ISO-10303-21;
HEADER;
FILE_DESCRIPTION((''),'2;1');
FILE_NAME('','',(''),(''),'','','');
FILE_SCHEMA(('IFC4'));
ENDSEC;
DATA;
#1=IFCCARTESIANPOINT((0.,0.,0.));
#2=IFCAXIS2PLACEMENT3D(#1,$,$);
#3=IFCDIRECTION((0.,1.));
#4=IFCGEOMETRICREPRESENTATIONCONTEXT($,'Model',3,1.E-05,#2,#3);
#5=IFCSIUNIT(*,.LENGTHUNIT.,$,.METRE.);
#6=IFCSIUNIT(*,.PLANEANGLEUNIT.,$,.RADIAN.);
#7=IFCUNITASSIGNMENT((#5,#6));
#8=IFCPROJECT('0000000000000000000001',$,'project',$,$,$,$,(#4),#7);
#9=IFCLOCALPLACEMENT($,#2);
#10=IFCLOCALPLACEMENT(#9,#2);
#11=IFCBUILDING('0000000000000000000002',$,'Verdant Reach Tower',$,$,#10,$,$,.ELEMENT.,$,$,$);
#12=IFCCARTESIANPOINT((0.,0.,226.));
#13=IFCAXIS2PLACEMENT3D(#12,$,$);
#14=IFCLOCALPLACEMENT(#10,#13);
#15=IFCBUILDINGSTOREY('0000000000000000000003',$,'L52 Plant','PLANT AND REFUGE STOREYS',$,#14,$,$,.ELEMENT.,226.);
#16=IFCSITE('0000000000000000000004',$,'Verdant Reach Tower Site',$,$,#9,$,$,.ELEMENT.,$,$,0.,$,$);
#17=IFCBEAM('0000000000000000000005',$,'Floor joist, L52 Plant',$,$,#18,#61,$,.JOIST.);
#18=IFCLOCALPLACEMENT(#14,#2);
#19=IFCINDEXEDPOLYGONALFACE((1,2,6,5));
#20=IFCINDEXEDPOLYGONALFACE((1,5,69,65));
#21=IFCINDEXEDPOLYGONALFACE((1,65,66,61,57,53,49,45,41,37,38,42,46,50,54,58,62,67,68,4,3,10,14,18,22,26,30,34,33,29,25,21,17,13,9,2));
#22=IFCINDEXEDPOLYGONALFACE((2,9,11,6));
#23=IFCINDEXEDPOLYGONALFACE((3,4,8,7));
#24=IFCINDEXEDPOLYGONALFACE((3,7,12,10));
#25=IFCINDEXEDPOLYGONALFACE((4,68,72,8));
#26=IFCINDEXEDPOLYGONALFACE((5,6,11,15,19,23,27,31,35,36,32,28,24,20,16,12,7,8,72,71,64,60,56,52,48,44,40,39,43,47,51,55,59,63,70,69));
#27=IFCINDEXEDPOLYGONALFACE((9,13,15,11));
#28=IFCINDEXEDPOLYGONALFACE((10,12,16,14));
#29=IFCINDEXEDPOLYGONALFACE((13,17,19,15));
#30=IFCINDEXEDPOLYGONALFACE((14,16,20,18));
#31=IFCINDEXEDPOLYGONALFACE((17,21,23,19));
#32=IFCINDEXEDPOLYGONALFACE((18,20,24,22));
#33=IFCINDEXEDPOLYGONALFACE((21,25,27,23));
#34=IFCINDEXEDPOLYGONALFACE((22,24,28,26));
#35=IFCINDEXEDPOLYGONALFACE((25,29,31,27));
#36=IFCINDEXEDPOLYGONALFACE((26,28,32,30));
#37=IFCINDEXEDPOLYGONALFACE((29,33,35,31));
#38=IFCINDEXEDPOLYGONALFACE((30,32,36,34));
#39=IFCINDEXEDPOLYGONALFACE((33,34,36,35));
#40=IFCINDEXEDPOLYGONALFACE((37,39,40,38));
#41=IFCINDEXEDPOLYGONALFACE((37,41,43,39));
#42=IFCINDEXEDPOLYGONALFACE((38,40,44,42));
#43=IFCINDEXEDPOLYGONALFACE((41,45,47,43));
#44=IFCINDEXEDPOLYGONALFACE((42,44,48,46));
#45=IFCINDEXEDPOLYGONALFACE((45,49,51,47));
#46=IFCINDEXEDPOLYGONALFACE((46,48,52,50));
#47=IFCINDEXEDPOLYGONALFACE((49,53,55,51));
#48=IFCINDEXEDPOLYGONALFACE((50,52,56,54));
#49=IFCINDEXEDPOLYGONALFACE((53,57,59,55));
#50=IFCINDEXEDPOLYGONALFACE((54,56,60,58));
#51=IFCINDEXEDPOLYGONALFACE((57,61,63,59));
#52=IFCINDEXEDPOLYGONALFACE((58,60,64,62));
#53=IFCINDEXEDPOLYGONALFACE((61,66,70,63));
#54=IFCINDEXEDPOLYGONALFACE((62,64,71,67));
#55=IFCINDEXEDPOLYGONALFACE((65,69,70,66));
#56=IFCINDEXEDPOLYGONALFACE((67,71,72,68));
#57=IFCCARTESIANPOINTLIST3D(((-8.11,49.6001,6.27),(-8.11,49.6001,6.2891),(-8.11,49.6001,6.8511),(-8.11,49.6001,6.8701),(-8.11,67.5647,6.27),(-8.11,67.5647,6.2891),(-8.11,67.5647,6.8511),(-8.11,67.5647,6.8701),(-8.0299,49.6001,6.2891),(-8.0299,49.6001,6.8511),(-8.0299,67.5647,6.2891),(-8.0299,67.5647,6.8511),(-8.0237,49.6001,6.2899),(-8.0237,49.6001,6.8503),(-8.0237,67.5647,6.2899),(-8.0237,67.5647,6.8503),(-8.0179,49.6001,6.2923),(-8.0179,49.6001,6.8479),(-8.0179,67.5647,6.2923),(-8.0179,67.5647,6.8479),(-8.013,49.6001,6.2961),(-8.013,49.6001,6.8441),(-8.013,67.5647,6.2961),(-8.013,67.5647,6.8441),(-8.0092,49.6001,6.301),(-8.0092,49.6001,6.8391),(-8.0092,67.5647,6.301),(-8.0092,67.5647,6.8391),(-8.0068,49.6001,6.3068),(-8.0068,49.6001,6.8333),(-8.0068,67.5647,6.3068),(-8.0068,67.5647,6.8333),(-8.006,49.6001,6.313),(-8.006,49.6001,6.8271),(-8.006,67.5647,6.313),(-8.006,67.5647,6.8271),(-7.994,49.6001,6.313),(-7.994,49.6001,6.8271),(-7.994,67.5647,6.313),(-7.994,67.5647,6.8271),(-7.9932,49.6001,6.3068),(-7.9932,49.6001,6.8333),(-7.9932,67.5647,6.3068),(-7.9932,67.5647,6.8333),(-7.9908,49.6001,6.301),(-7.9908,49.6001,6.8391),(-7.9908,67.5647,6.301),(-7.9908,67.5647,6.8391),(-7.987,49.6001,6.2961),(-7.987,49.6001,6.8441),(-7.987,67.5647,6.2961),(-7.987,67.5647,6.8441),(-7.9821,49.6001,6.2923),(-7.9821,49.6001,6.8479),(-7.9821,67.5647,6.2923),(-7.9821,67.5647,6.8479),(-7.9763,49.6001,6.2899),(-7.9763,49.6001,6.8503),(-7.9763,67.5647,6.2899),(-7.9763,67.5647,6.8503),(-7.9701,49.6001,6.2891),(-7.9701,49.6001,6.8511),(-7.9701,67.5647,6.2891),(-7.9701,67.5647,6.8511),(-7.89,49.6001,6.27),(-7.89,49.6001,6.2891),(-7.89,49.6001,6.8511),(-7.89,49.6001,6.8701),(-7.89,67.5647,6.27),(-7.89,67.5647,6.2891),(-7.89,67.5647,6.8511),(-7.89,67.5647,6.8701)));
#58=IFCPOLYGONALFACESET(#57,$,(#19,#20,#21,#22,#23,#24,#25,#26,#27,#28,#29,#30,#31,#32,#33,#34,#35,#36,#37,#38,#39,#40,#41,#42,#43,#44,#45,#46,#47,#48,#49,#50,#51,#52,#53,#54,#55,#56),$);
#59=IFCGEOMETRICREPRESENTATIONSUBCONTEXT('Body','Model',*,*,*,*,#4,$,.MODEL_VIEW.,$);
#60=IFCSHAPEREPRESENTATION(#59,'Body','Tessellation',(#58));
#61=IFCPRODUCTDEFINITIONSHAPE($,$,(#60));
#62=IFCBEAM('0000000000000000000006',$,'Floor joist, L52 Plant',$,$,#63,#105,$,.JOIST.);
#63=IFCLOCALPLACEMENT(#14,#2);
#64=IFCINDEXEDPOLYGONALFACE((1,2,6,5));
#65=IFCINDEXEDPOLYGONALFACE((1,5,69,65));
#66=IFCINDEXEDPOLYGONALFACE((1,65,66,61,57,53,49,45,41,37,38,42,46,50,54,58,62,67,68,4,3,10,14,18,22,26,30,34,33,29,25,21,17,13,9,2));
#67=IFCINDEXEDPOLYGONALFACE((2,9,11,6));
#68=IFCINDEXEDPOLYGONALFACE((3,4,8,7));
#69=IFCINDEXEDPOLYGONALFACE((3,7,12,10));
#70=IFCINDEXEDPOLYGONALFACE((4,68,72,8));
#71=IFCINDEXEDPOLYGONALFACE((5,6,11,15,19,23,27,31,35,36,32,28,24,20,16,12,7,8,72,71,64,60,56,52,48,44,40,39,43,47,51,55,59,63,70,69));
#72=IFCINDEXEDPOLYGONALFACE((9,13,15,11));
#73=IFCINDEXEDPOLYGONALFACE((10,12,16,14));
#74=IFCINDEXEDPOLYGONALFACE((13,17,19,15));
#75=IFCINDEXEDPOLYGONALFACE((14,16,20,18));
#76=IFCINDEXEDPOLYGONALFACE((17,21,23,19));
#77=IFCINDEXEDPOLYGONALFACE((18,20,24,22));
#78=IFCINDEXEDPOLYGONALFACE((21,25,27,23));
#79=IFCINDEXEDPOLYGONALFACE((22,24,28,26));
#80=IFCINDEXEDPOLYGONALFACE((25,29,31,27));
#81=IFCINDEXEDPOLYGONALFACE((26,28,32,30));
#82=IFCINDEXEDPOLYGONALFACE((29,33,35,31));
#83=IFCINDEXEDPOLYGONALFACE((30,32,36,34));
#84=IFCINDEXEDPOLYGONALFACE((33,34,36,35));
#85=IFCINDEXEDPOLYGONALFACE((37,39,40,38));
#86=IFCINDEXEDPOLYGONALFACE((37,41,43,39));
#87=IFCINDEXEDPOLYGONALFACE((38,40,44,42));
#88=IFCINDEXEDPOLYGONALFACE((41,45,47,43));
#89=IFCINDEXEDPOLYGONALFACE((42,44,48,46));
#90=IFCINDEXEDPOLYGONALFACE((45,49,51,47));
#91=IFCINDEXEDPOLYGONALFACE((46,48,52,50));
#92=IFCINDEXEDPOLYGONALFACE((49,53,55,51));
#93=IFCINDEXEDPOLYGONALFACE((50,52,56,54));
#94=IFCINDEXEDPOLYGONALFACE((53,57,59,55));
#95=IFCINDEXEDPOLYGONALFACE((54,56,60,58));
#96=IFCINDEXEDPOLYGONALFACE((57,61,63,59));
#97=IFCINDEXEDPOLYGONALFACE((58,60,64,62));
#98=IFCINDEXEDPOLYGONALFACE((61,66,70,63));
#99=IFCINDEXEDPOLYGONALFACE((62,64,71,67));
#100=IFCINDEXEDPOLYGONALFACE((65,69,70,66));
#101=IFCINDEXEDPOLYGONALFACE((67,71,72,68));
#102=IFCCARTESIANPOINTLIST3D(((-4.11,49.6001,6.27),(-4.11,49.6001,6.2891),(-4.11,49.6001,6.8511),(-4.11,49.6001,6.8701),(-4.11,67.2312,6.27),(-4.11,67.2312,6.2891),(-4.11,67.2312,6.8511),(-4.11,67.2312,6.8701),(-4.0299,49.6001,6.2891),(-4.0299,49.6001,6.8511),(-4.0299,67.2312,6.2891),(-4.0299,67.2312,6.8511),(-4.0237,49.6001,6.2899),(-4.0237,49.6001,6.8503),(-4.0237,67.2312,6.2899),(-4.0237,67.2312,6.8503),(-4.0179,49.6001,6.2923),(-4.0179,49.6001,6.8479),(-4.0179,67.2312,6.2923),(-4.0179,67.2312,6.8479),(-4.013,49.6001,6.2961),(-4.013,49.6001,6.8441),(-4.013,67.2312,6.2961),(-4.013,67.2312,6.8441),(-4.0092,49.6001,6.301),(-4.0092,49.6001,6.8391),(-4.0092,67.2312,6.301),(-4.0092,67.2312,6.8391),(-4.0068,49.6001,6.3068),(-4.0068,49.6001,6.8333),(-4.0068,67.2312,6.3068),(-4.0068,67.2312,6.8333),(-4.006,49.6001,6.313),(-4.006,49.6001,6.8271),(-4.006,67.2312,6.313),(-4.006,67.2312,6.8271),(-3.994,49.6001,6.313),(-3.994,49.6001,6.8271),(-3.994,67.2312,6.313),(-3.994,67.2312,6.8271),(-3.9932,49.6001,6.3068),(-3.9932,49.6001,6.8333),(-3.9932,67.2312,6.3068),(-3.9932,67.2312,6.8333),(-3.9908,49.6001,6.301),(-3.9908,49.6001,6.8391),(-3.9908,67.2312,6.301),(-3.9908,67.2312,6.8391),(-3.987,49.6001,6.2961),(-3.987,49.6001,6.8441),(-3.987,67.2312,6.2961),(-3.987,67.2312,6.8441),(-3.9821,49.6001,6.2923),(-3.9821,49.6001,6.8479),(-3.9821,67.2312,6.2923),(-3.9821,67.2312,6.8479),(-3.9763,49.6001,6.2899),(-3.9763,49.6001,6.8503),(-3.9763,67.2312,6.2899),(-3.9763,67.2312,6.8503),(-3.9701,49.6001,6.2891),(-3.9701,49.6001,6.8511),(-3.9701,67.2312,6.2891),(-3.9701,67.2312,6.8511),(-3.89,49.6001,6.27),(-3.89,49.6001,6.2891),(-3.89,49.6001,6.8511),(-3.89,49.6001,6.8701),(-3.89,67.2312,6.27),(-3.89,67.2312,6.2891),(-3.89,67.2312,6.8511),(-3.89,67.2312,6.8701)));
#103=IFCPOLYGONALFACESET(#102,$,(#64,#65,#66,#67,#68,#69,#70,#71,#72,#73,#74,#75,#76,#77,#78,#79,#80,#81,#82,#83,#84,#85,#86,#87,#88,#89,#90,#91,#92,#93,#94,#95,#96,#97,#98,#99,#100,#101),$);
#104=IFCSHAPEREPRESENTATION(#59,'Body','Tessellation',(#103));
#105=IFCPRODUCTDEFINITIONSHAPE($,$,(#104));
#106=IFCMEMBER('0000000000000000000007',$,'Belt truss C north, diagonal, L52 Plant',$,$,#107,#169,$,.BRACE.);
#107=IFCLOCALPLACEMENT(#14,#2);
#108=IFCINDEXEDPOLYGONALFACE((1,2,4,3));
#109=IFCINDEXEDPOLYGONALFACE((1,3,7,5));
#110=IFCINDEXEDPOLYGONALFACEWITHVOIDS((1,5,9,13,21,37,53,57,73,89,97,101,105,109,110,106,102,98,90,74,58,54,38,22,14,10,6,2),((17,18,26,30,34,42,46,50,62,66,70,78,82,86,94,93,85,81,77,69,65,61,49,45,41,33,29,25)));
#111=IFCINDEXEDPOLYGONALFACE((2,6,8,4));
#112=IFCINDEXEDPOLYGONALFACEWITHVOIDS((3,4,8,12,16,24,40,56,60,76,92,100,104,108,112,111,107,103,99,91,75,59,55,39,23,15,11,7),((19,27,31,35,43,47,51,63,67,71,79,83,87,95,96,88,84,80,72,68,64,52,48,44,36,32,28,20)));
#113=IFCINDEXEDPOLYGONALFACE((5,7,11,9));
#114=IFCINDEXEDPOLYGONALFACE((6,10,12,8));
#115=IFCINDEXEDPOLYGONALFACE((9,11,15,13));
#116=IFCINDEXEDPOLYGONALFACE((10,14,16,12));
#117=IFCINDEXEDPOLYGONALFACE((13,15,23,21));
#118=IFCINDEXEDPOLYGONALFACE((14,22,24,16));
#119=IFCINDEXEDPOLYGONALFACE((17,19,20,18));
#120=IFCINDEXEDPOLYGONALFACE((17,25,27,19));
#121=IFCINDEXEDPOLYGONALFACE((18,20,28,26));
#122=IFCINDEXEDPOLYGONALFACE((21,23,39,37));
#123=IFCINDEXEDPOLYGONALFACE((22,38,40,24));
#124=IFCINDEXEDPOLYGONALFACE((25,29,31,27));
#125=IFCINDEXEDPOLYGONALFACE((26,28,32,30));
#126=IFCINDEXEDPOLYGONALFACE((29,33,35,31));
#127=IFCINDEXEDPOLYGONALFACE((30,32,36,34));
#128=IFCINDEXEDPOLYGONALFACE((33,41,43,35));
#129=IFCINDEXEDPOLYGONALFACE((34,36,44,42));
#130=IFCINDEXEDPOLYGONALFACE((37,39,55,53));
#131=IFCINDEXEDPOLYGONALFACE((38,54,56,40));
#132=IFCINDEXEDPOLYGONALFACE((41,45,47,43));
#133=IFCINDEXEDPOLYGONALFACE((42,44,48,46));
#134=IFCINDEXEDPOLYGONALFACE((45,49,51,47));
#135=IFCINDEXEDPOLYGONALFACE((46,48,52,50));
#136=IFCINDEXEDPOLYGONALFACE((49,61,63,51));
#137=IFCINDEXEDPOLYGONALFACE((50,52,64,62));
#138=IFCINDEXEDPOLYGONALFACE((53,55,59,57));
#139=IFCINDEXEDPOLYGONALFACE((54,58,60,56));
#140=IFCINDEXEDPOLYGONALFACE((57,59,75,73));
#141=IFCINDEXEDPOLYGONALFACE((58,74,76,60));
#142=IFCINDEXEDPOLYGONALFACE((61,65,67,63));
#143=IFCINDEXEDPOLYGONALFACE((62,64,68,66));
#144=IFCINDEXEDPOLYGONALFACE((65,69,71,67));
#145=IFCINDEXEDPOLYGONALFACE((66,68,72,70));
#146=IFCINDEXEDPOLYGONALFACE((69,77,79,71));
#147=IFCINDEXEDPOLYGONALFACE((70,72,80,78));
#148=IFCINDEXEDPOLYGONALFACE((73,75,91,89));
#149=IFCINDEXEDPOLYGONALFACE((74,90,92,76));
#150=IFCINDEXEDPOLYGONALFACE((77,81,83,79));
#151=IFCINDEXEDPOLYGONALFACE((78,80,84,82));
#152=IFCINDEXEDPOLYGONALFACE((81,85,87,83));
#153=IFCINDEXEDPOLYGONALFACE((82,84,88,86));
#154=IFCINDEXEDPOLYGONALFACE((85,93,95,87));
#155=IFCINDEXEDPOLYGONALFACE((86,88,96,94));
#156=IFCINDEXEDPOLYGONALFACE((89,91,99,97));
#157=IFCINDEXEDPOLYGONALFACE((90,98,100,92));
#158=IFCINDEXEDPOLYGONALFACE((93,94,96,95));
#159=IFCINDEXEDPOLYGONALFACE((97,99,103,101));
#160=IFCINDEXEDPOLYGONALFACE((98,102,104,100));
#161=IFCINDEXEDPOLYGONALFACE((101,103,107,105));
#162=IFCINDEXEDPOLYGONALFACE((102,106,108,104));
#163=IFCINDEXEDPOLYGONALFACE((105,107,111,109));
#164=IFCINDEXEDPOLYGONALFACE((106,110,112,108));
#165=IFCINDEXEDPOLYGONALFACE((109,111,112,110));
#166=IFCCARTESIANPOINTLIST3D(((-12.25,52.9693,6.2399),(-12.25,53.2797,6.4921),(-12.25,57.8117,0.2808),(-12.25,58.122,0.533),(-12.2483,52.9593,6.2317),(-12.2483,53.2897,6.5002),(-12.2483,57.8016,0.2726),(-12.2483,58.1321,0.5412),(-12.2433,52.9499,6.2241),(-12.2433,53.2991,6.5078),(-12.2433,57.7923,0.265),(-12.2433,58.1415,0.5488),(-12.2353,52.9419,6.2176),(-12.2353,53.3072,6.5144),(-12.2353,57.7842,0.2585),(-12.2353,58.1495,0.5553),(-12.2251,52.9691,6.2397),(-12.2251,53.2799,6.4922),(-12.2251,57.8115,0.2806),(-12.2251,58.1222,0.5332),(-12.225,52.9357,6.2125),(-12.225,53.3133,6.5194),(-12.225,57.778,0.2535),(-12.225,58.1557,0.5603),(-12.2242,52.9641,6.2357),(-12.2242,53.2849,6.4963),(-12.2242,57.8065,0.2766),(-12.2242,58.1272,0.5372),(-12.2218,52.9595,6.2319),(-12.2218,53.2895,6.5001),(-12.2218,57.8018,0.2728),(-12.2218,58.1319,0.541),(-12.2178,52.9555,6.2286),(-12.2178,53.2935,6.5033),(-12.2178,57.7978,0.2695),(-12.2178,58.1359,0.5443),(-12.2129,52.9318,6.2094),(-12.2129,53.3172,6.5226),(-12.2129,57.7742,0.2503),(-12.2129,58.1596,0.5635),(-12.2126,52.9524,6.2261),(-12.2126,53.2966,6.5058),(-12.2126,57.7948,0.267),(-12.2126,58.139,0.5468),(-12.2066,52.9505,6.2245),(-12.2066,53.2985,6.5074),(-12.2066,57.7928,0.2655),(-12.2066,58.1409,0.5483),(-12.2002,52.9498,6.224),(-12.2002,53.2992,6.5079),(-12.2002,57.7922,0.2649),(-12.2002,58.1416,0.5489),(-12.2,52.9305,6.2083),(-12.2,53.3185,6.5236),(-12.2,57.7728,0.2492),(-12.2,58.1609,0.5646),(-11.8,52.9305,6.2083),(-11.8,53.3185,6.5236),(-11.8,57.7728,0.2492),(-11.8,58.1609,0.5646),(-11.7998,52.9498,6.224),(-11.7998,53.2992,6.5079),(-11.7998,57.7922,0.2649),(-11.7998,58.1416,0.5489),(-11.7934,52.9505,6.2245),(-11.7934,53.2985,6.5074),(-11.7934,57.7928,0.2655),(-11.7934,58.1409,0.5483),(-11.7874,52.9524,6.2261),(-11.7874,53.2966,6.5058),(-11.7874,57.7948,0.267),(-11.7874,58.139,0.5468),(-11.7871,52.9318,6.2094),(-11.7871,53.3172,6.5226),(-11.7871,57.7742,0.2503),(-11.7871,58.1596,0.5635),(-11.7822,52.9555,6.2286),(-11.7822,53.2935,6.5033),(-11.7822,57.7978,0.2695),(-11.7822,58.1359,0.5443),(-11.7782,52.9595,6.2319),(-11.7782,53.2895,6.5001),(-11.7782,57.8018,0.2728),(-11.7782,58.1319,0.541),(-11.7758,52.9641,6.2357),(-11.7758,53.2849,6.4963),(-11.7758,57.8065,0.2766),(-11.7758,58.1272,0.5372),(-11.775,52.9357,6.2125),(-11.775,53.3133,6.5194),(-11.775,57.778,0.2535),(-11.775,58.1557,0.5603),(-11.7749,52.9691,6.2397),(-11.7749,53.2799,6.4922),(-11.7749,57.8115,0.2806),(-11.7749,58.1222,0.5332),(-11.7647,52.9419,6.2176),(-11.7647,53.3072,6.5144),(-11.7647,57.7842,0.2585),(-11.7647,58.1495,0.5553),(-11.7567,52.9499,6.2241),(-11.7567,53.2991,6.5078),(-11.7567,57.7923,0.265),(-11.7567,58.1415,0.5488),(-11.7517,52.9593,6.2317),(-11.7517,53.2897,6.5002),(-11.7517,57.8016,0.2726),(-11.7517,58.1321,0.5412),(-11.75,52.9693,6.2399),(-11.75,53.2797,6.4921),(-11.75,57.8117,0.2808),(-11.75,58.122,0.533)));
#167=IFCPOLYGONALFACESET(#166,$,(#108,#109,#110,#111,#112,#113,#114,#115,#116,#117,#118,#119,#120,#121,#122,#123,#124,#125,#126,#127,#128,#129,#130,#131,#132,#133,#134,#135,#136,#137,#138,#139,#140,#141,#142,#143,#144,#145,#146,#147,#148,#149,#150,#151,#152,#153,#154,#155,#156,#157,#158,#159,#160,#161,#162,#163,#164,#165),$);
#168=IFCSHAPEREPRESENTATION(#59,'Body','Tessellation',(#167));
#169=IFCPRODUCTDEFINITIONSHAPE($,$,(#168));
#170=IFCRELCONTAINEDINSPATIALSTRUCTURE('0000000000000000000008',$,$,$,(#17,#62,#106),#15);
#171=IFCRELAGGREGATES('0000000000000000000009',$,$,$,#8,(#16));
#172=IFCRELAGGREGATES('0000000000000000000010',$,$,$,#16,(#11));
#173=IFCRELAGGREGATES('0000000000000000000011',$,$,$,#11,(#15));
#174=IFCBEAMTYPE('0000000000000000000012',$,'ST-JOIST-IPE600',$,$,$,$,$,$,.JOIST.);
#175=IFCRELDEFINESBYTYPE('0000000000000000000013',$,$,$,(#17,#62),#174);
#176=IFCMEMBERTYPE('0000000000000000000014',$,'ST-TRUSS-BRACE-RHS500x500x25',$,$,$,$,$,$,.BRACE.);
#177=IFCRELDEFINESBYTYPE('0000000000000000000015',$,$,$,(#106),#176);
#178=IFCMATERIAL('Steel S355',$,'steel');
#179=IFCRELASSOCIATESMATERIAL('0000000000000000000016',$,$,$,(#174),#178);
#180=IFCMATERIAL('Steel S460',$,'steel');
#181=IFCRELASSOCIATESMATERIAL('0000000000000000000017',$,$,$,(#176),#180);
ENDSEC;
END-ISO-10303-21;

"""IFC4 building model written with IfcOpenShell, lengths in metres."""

from ifc_helpers import new_model, si_unit, direction, frame, origin, origin_2d, place, context, subcontext, project, spatial, hollow_rectangle, i_section, extrude, material, material_profile, profile_set, type_object, element, save


model = new_model("IFC4")

# Units and contexts
model_context = context("Model", 3, precision=1e-05, world=origin(), true_north=direction((0.0, 1.0)))
body_context = subcontext(model_context, "Body", "Model", "MODEL_VIEW")
ifc_project = project(units=[si_unit("LENGTHUNIT", "METRE"), si_unit("PLANEANGLEUNIT", "RADIAN")], contexts=[model_context])

# Site, building, storey
site_placement = place(None, origin())
site = spatial("IfcSite", under=ifc_project, at=site_placement, Name="Verdant Reach Tower Site", CompositionType="ELEMENT", RefElevation=0.0)
building_placement = place(site_placement, origin())
building = spatial("IfcBuilding", under=site, at=building_placement, Name="Verdant Reach Tower", CompositionType="ELEMENT")
storey_placement = place(building_placement, frame((0.0, 0.0, 226.0)))
storey = spatial("IfcBuildingStorey", under=building, at=storey_placement, Name="L52 Plant", Description="PLANT AND REFUGE STOREYS", CompositionType="ELEMENT", Elevation=226.0)

# Shared definitions
ifc_material_1 = material(Name="Steel S460", Category="steel")

# Beams
ifc_material_2 = material(Name="Steel S355", Category="steel")
ifc_material_profile_1 = material_profile(ifc_material_2, i_section(OverallWidth=0.22, OverallDepth=0.6001, WebThickness=0.012, FlangeThickness=0.019, FilletRadius=0.0239, at=origin_2d()), Name="IPE 600")
ifc_profile_set_1 = profile_set([ifc_material_profile_1], Name="Steel S355")
beam_type = type_object("IfcBeamType", Name="ST-JOIST-IPE600", PredefinedType="JOIST", material=ifc_profile_set_1)
beam_1_placement = place(storey_placement, frame((-8.0, 49.6001, 6.5701), z_axis=(0.0, 1.0, 0.0), x_axis=(-1.0, 0.0, 0.0)))
element("IfcBeam", 1, at=beam_1_placement, inside=storey, type_object=beam_type, Name="Floor joist, L52 Plant", PredefinedType="JOIST", context=body_context, shape_type="SweptSolid", body=[
    extrude(i_section(OverallWidth=0.22, OverallDepth=0.6001, WebThickness=0.012, FlangeThickness=0.019, FilletRadius=0.0239, at=origin_2d()), origin(), (0.0, 0.0, 1.0), 17.9646),
])
beam_2_placement = place(storey_placement, frame((-4.0, 49.6001, 6.5701), z_axis=(0.0, 1.0, 0.0), x_axis=(-1.0, 0.0, 0.0)))
element("IfcBeam", 2, at=beam_2_placement, inside=storey, type_object=beam_type, Name="Floor joist, L52 Plant", PredefinedType="JOIST", context=body_context, shape_type="SweptSolid", body=[
    extrude(i_section(OverallWidth=0.22, OverallDepth=0.6001, WebThickness=0.012, FlangeThickness=0.019, FilletRadius=0.0239, at=origin_2d()), origin(), (0.0, 0.0, 1.0), 17.6311),
])

# Member
ifc_material_profile_2 = material_profile(ifc_material_1, hollow_rectangle(XDim=0.5, YDim=0.5, WallThickness=0.0249, InnerFilletRadius=0.0249, OuterFilletRadius=0.05, at=origin_2d()), Name="RHS 500x500x25")
ifc_profile_set_2 = profile_set([ifc_material_profile_2], Name="Steel S460")
member_type_1 = type_object("IfcMemberType", Name="ST-TRUSS-BRACE-RHS500x500x25", PredefinedType="BRACE", material=ifc_profile_set_2)
member_1_placement = place(storey_placement, frame((-12.0, 53.1245, 6.366), z_axis=(0.0, 0.630641, -0.776075), x_axis=(-1.0, 0.0, 0.0)))
element("IfcMember", 3, at=member_1_placement, inside=storey, type_object=member_type_1, Name="Belt truss C north, diagonal, L52 Plant", PredefinedType="BRACE", context=body_context, shape_type="SweptSolid", body=[
    extrude(hollow_rectangle(XDim=0.5, YDim=0.5, WallThickness=0.0249, InnerFilletRadius=0.0249, OuterFilletRadius=0.05, at=origin_2d()), origin(), (0.0, 0.0, 1.0), 7.6785),
])

save(model, "model.ifc")
